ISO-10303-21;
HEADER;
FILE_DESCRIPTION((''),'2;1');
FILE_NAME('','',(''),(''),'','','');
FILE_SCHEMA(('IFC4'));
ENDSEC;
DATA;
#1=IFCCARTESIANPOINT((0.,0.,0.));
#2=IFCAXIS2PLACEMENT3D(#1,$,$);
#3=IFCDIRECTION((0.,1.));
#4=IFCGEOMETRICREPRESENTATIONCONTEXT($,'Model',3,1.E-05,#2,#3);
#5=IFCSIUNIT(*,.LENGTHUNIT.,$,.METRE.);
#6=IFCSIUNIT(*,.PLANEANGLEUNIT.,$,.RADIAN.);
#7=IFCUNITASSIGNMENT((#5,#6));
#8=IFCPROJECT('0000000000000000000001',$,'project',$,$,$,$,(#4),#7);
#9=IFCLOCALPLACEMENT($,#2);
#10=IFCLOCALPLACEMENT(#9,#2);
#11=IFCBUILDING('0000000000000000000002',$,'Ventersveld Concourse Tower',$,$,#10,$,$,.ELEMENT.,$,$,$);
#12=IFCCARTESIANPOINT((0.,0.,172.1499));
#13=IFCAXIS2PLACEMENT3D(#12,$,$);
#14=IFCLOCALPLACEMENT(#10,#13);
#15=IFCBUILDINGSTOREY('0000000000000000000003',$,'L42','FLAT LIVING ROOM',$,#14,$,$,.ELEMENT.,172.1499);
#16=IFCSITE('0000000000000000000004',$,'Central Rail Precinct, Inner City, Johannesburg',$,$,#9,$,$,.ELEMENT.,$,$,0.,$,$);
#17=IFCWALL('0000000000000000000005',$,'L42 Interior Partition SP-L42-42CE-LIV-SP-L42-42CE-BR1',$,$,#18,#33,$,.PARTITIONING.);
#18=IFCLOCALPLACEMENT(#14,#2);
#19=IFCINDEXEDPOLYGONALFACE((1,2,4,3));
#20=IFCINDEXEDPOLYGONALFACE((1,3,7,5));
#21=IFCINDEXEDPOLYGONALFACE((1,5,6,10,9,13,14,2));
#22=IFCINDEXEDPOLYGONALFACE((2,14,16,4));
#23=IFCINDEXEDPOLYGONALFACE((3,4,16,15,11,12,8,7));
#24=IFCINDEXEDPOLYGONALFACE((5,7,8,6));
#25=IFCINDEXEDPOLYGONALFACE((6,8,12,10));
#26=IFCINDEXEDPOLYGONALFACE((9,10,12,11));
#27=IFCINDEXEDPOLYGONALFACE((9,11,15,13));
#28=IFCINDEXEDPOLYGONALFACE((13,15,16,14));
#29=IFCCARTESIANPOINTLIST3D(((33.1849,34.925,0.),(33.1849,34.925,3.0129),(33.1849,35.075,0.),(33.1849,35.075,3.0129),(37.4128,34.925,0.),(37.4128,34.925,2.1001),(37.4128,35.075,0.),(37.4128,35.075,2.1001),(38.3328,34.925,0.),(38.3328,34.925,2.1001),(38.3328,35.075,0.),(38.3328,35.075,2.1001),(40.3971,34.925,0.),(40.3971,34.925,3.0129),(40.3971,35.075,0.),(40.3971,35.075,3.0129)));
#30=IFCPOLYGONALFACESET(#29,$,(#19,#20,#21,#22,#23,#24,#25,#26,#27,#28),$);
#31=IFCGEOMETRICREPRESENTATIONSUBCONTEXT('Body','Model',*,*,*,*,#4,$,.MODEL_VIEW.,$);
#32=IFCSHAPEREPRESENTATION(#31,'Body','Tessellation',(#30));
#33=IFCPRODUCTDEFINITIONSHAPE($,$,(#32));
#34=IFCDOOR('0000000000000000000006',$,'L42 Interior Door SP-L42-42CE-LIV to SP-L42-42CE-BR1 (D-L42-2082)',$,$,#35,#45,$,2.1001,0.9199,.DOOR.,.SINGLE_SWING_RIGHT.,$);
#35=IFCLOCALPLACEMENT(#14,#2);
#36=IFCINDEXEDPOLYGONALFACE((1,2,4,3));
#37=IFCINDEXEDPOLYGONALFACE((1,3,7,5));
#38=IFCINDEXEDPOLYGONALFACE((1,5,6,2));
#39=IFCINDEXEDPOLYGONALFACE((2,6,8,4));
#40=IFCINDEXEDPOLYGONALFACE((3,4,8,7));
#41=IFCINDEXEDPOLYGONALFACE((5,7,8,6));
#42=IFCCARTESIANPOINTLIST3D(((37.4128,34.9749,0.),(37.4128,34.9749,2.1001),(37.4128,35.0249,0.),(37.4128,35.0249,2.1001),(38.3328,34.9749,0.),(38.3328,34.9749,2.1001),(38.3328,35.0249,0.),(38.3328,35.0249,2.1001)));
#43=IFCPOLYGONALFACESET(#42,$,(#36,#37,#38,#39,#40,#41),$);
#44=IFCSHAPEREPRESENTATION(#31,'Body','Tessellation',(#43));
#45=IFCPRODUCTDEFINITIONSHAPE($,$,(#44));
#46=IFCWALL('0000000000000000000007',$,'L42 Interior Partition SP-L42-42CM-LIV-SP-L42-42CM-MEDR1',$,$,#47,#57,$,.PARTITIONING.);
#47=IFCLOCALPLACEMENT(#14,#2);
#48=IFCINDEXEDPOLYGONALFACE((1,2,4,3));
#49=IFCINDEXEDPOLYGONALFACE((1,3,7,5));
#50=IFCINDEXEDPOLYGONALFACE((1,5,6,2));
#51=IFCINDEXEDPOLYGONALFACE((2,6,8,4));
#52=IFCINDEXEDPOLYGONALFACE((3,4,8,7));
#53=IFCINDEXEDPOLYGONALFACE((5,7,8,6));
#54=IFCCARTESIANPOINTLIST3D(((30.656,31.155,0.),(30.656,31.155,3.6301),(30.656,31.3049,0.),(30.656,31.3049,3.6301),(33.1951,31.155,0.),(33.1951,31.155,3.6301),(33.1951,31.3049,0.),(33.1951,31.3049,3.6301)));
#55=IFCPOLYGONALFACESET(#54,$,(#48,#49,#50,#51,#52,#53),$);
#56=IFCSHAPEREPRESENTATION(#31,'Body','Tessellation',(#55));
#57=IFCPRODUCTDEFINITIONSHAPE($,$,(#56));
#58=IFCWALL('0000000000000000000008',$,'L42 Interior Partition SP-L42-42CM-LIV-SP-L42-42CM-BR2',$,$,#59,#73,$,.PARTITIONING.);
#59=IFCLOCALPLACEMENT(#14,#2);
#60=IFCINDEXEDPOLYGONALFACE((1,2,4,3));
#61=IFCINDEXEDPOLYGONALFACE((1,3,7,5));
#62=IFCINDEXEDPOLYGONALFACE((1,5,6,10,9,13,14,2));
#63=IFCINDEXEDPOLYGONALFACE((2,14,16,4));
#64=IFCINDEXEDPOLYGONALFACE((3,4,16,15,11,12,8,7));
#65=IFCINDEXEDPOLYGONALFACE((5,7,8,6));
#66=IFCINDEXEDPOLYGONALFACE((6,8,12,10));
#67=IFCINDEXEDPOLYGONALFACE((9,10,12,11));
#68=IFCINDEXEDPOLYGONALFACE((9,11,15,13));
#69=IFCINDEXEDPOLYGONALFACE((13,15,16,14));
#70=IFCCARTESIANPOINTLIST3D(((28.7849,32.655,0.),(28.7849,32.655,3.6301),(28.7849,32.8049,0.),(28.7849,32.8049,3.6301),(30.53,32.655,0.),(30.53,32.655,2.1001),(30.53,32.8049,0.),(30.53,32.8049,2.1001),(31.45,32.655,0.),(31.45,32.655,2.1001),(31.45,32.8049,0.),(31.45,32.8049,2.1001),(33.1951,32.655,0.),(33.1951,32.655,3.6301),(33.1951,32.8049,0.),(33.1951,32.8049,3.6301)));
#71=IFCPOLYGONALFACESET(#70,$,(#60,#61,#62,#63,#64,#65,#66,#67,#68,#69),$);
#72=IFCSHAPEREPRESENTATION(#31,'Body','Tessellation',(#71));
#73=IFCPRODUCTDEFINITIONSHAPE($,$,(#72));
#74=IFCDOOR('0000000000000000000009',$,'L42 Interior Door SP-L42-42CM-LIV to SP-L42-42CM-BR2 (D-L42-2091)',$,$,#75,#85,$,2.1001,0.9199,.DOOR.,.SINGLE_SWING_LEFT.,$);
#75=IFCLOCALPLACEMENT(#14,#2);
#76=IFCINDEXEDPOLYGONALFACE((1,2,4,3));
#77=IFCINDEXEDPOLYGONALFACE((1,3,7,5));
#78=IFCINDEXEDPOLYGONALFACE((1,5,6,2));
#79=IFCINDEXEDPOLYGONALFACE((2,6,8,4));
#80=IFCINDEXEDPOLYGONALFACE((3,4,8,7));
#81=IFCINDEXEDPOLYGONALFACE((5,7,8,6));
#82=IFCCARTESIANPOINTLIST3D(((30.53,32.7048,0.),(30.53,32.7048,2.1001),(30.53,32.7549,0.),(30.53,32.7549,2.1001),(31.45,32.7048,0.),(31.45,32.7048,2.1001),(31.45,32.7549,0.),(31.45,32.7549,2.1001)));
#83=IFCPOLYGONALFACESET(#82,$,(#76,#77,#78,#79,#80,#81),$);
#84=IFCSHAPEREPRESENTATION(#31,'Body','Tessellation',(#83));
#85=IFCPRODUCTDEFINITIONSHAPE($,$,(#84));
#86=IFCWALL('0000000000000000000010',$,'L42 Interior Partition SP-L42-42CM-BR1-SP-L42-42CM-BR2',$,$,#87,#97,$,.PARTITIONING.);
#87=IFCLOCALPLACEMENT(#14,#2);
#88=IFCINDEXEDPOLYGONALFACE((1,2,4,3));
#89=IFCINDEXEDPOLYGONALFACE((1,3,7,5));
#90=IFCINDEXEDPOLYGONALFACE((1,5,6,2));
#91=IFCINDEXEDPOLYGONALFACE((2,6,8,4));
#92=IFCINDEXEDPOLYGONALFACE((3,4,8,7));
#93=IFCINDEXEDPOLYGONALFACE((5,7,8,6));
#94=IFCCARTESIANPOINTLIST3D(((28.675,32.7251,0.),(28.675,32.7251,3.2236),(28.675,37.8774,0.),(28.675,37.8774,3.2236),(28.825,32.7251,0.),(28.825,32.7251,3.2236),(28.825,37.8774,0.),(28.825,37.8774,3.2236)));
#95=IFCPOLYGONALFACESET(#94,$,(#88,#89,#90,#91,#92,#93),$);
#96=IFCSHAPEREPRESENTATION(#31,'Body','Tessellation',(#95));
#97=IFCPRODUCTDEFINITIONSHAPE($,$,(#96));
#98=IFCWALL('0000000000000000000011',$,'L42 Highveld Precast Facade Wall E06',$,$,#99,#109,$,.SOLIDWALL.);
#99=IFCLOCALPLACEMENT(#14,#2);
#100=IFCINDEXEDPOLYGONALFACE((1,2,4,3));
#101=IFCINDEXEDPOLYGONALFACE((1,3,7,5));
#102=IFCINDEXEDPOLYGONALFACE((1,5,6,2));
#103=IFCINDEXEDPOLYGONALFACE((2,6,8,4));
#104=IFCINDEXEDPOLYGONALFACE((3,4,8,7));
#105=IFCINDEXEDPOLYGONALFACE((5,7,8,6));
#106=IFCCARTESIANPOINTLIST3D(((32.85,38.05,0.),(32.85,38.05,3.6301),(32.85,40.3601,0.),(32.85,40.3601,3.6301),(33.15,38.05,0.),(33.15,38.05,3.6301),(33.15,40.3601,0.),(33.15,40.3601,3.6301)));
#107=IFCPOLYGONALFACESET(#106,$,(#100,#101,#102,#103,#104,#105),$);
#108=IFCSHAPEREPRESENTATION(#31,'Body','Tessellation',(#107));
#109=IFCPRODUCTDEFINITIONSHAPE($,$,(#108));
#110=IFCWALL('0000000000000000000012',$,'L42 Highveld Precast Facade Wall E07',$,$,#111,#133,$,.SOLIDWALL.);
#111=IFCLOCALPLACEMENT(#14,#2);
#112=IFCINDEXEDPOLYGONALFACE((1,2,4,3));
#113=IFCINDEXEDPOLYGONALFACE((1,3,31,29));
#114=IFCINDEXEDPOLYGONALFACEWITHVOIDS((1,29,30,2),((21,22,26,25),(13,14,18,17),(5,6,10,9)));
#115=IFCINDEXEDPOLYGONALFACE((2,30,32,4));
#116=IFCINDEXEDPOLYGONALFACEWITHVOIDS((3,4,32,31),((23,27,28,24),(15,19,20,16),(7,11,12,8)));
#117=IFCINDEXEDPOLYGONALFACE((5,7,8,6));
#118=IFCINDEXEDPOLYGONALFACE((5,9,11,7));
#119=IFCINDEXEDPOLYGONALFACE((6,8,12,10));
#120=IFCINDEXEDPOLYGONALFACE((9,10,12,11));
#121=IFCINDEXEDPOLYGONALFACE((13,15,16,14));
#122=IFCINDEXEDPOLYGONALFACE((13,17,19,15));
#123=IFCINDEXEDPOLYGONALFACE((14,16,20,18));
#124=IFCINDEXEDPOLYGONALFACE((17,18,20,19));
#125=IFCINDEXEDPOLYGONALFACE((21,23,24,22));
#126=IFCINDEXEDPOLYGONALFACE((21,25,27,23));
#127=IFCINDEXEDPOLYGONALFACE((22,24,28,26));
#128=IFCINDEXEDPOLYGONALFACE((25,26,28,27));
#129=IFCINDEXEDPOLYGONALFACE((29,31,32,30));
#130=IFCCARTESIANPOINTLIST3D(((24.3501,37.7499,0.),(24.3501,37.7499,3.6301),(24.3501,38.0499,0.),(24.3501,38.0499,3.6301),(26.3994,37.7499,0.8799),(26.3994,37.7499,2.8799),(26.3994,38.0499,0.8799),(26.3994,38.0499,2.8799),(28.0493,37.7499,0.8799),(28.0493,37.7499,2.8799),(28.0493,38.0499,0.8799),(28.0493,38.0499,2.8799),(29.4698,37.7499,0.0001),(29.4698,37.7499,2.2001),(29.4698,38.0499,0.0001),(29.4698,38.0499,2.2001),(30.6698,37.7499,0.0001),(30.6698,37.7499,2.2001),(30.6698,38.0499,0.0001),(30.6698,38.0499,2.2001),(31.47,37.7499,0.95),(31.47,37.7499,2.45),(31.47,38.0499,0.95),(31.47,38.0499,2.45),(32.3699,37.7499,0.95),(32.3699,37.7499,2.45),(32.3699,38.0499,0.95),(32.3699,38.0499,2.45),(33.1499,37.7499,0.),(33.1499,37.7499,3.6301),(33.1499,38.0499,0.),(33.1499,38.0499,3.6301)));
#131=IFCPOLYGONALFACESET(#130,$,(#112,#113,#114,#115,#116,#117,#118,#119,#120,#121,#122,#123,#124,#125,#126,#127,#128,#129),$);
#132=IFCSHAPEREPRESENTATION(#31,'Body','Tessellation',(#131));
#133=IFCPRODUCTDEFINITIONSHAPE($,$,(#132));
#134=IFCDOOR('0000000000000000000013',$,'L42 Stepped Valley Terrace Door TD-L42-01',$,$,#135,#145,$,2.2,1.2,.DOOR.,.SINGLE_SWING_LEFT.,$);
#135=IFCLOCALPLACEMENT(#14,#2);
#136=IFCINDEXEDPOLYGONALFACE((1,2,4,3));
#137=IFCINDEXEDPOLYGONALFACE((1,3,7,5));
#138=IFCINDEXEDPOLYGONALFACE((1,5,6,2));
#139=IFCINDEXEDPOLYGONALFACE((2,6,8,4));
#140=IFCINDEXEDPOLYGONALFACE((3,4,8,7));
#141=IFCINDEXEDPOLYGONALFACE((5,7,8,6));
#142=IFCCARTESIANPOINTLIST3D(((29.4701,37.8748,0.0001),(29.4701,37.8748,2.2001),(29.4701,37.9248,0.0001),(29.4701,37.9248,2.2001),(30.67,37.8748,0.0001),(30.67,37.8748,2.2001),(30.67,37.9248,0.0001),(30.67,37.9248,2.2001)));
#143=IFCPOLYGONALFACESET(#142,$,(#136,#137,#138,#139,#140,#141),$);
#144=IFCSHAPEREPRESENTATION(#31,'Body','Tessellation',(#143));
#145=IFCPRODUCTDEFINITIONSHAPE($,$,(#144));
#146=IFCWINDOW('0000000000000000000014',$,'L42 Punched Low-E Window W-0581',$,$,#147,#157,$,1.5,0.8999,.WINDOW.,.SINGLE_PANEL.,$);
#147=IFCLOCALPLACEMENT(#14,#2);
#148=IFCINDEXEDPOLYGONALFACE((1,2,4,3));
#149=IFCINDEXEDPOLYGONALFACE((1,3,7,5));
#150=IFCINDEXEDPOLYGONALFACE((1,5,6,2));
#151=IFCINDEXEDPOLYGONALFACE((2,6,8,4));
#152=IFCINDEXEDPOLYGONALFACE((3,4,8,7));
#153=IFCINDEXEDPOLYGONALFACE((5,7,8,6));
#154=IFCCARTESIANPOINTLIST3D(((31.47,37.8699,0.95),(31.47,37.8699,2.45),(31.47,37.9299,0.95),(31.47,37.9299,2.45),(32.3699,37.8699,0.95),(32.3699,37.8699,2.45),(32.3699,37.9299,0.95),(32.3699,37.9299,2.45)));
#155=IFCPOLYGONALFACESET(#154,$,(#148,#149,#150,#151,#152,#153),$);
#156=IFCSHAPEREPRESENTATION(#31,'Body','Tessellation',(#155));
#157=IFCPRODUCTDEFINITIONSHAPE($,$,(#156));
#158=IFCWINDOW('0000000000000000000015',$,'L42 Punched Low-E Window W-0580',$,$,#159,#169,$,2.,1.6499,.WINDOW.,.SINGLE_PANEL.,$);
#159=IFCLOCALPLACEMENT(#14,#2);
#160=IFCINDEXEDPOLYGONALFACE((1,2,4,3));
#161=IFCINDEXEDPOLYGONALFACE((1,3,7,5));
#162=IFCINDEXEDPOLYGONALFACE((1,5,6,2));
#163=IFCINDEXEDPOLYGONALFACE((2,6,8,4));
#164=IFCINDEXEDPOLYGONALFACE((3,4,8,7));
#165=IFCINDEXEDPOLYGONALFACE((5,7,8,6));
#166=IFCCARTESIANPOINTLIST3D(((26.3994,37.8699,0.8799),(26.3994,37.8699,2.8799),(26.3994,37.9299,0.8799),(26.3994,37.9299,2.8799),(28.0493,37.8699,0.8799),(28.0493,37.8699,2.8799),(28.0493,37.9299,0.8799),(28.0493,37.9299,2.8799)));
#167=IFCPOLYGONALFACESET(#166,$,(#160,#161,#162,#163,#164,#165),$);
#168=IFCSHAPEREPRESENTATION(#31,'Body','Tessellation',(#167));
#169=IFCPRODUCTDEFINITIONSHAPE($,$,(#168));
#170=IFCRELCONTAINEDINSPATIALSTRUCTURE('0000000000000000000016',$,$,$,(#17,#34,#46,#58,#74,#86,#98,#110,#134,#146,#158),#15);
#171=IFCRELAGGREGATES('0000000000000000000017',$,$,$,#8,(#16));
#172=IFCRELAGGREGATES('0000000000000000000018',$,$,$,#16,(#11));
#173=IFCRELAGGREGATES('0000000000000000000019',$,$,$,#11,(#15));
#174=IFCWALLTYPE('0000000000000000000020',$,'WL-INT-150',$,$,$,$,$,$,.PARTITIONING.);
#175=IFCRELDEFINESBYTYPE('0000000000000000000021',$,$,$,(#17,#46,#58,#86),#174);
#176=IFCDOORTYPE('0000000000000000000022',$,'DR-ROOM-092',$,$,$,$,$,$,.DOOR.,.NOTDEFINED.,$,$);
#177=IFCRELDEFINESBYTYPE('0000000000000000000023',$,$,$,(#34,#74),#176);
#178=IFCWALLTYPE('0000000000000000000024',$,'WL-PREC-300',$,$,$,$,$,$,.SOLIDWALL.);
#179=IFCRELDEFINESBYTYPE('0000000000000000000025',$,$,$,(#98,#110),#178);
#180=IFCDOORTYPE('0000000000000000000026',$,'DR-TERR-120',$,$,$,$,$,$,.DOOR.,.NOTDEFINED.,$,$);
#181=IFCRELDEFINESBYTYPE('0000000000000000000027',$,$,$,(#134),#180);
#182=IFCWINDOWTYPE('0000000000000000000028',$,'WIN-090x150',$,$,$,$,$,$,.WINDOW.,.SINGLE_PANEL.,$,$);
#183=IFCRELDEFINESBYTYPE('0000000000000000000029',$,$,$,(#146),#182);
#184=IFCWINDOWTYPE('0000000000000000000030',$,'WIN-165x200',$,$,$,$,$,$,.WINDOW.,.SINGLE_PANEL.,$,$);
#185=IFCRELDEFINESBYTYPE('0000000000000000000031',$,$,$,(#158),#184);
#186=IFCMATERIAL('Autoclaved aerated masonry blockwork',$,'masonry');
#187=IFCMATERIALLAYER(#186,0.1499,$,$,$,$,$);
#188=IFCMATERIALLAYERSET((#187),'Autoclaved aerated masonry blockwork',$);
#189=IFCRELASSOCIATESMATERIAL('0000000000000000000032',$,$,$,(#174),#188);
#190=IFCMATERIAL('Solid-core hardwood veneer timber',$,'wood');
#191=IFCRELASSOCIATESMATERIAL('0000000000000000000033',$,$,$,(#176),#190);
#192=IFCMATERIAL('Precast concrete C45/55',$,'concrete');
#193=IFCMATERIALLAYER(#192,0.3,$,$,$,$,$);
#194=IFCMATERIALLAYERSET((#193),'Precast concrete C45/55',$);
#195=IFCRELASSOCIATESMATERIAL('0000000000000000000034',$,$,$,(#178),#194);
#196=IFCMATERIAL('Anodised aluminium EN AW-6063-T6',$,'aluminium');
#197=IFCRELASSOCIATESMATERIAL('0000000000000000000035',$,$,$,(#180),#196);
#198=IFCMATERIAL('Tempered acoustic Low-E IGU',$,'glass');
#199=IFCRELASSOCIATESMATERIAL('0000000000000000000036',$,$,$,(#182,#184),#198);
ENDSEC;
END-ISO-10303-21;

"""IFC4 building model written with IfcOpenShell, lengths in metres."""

from ifc_helpers import new_model, si_unit, direction, frame, frame_2d, origin, place, context, subcontext, project, spatial, rectangle, extrude, material, layer, layer_set, type_object, element, fill, save


model = new_model("IFC4")

# Units and contexts
model_context = context("Model", 3, precision=1e-05, world=origin(), true_north=direction((0.0, 1.0)))
body_context = subcontext(model_context, "Body", "Model", "MODEL_VIEW")
ifc_project = project(units=[si_unit("LENGTHUNIT", "METRE"), si_unit("PLANEANGLEUNIT", "RADIAN")], contexts=[model_context])

# Site, building, storey
site_placement = place(None, origin())
site = spatial("IfcSite", under=ifc_project, at=site_placement, Name="Central Rail Precinct, Inner City, Johannesburg", CompositionType="ELEMENT", RefElevation=0.0)
building_placement = place(site_placement, origin())
building = spatial("IfcBuilding", under=site, at=building_placement, Name="Ventersveld Concourse Tower", CompositionType="ELEMENT")
storey_placement = place(building_placement, frame((0.0, 0.0, 172.1499)))
storey = spatial("IfcBuildingStorey", under=building, at=storey_placement, Name="L42", Description="FLAT LIVING ROOM", CompositionType="ELEMENT", Elevation=172.1499)

# Wall, opening, door
ifc_material_1 = material(Name="Autoclaved aerated masonry blockwork", Category="masonry")
ifc_layer_1 = layer(ifc_material_1, 0.1499)
ifc_layer_set_1 = layer_set([ifc_layer_1], Name="Autoclaved aerated masonry blockwork")
wall_type_1 = type_object("IfcWallType", Name="WL-INT-150", PredefinedType="PARTITIONING", material=ifc_layer_set_1)
wall_1_placement = place(storey_placement, frame((33.1851, 35.0, 0.0), z_axis=(0.0, 0.0, 1.0), x_axis=(1.0, 0.0, 0.0)))
wall_1 = element("IfcWall", 1, at=wall_1_placement, inside=storey, type_object=wall_type_1, Name="L42 Interior Partition SP-L42-42CE-LIV-SP-L42-42CE-BR1", PredefinedType="PARTITIONING", context=body_context, shape_type="SweptSolid", body=[
    extrude(rectangle(XDim=7.2122, YDim=0.1499, at=frame_2d((3.606, 0.0))), origin(), (0.0, 0.0, 1.0), 3.0129),
])
opening_1_placement = place(wall_1_placement, frame((4.2278, 0.0, 0.0)))
opening_1 = element("IfcOpeningElement", 2, at=opening_1_placement, cuts=wall_1, PredefinedType="OPENING", context=body_context, shape_type="SweptSolid", body=[
    extrude(rectangle(XDim=0.9199, YDim=2.1001, at=frame_2d((0.46, 1.05))), frame((0.0, 0.085, 0.0), z_axis=(0.0, -1.0, 0.0), x_axis=(1.0, 0.0, 0.0)), (0.0, 0.0, 1.0), 0.1699),
])
ifc_material_2 = material(Name="Solid-core hardwood veneer timber", Category="wood")
door_type_1 = type_object("IfcDoorType", Name="DR-ROOM-092", OperationType="NOTDEFINED", PredefinedType="DOOR", material=ifc_material_2)
door_1_placement = place(opening_1_placement, origin())
door_1 = element("IfcDoor", 3, at=door_1_placement, inside=storey, type_object=door_type_1, Name="L42 Interior Door SP-L42-42CE-LIV to SP-L42-42CE-BR1 (D-L42-2082)", OperationType="SINGLE_SWING_RIGHT", OverallHeight=2.1001, OverallWidth=0.9199, PredefinedType="DOOR", context=body_context, shape_type="SweptSolid", body=[
    extrude(rectangle(XDim=0.9199, YDim=2.1001, at=frame_2d((0.46, 1.05))), frame((0.0, 0.0249, 0.0), z_axis=(0.0, -1.0, 0.0), x_axis=(1.0, 0.0, 0.0)), (0.0, 0.0, 1.0), 0.05),
])
fill(opening_1, door_1)

# Wall
wall_2_placement = place(storey_placement, frame((30.656, 31.23, 0.0), z_axis=(0.0, 0.0, 1.0), x_axis=(1.0, 0.0, 0.0)))
element("IfcWall", 4, at=wall_2_placement, inside=storey, type_object=wall_type_1, Name="L42 Interior Partition SP-L42-42CM-LIV-SP-L42-42CM-MEDR1", PredefinedType="PARTITIONING", context=body_context, shape_type="SweptSolid", body=[
    extrude(rectangle(XDim=2.5391, YDim=0.1499, at=frame_2d((1.2695, 0.0))), origin(), (0.0, 0.0, 1.0), 3.6301),
])

# Wall, opening, door
wall_3_placement = place(storey_placement, frame((28.7849, 32.73, 0.0), z_axis=(0.0, 0.0, 1.0), x_axis=(1.0, 0.0, 0.0)))
wall_3 = element("IfcWall", 5, at=wall_3_placement, inside=storey, type_object=wall_type_1, Name="L42 Interior Partition SP-L42-42CM-LIV-SP-L42-42CM-BR2", PredefinedType="PARTITIONING", context=body_context, shape_type="SweptSolid", body=[
    extrude(rectangle(XDim=4.4102, YDim=0.1499, at=frame_2d((2.2051, 0.0))), origin(), (0.0, 0.0, 1.0), 3.6301),
])
opening_2_placement = place(wall_3_placement, frame((1.7451, 0.0, 0.0)))
opening_2 = element("IfcOpeningElement", 6, at=opening_2_placement, cuts=wall_3, PredefinedType="OPENING", context=body_context, shape_type="SweptSolid", body=[
    extrude(rectangle(XDim=0.9199, YDim=2.1001, at=frame_2d((0.46, 1.05))), frame((0.0, 0.085, 0.0), z_axis=(0.0, -1.0, 0.0), x_axis=(1.0, 0.0, 0.0)), (0.0, 0.0, 1.0), 0.1699),
])
door_2_placement = place(opening_2_placement, origin())
door_2 = element("IfcDoor", 7, at=door_2_placement, inside=storey, type_object=door_type_1, Name="L42 Interior Door SP-L42-42CM-LIV to SP-L42-42CM-BR2 (D-L42-2091)", OperationType="SINGLE_SWING_LEFT", OverallHeight=2.1001, OverallWidth=0.9199, PredefinedType="DOOR", context=body_context, shape_type="SweptSolid", body=[
    extrude(rectangle(XDim=0.9199, YDim=2.1001, at=frame_2d((0.46, 1.05))), frame((0.0, 0.0249, 0.0), z_axis=(0.0, -1.0, 0.0), x_axis=(1.0, 0.0, 0.0)), (0.0, 0.0, 1.0), 0.05),
])
fill(opening_2, door_2)

# Walls
wall_4_placement = place(storey_placement, frame((28.75, 32.7251, 0.0), z_axis=(0.0, 0.0, 1.0), x_axis=(0.0, 1.0, 0.0)))
element("IfcWall", 8, at=wall_4_placement, inside=storey, type_object=wall_type_1, Name="L42 Interior Partition SP-L42-42CM-BR1-SP-L42-42CM-BR2", PredefinedType="PARTITIONING", context=body_context, shape_type="SweptSolid", body=[
    extrude(rectangle(XDim=5.1523, YDim=0.1499, at=frame_2d((2.5762, 0.0))), origin(), (0.0, 0.0, 1.0), 3.2236),
])
ifc_material_3 = material(Name="Precast concrete C45/55", Category="concrete")
ifc_layer_2 = layer(ifc_material_3, 0.3)
ifc_layer_set_2 = layer_set([ifc_layer_2], Name="Precast concrete C45/55")
wall_type_2 = type_object("IfcWallType", Name="WL-PREC-300", PredefinedType="SOLIDWALL", material=ifc_layer_set_2)
wall_5_placement = place(storey_placement, frame((33.0, 40.3601, 0.0), z_axis=(0.0, 0.0, 1.0), x_axis=(0.0, -1.0, 0.0)))
element("IfcWall", 9, at=wall_5_placement, inside=storey, type_object=wall_type_2, Name="L42 Highveld Precast Facade Wall E06", PredefinedType="SOLIDWALL", context=body_context, shape_type="SweptSolid", body=[
    extrude(rectangle(XDim=2.3101, YDim=0.3, at=frame_2d((1.155, 0.0))), origin(), (0.0, 0.0, 1.0), 3.6301),
])

# Wall, openings, door, windows
wall_6_placement = place(storey_placement, frame((33.1499, 37.8999, 0.0), z_axis=(0.0, 0.0, 1.0), x_axis=(-1.0, 0.0, 0.0)))
wall_6 = element("IfcWall", 10, at=wall_6_placement, inside=storey, type_object=wall_type_2, Name="L42 Highveld Precast Facade Wall E07", PredefinedType="SOLIDWALL", context=body_context, shape_type="SweptSolid", body=[
    extrude(rectangle(XDim=8.7998, YDim=0.3, at=frame_2d((4.3999, 0.0))), origin(), (0.0, 0.0, 1.0), 3.6301),
])
opening_3_placement = place(wall_6_placement, frame((2.48, 0.0, 0.0)))
opening_3 = element("IfcOpeningElement", 11, at=opening_3_placement, cuts=wall_6, PredefinedType="OPENING", context=body_context, shape_type="SweptSolid", body=[
    extrude(rectangle(XDim=1.2, YDim=2.2, at=frame_2d((0.6001, 1.1001))), frame((0.0, 0.1602, 0.0), z_axis=(0.0, -1.0, 0.0), x_axis=(1.0, 0.0, 0.0)), (0.0, 0.0, 1.0), 0.3201),
])
opening_4_placement = place(wall_6_placement, frame((5.1006, 0.0, 0.8799)))
opening_4 = element("IfcOpeningElement", 12, at=opening_4_placement, cuts=wall_6, PredefinedType="OPENING", context=body_context, shape_type="SweptSolid", body=[
    extrude(rectangle(XDim=1.6499, YDim=2.0, at=frame_2d((0.825, 1.0))), frame((0.0, 0.1602, 0.0), z_axis=(0.0, -1.0, 0.0), x_axis=(1.0, 0.0, 0.0)), (0.0, 0.0, 1.0), 0.3201),
])
opening_5_placement = place(wall_6_placement, frame((0.78, 0.0, 0.95)))
opening_5 = element("IfcOpeningElement", 13, at=opening_5_placement, cuts=wall_6, PredefinedType="OPENING", context=body_context, shape_type="SweptSolid", body=[
    extrude(rectangle(XDim=0.8999, YDim=1.5, at=frame_2d((0.45, 0.75))), frame((0.0, 0.1602, 0.0), z_axis=(0.0, -1.0, 0.0), x_axis=(1.0, 0.0, 0.0)), (0.0, 0.0, 1.0), 0.3201),
])
ifc_material_4 = material(Name="Anodised aluminium EN AW-6063-T6", Category="aluminium")
door_type_2 = type_object("IfcDoorType", Name="DR-TERR-120", OperationType="NOTDEFINED", PredefinedType="DOOR", material=ifc_material_4)
door_3_placement = place(opening_3_placement, frame((1.2, 0.0, 0.0), z_axis=(0.0, 0.0, 1.0), x_axis=(-1.0, 0.0, 0.0)))
door_3 = element("IfcDoor", 14, at=door_3_placement, inside=storey, type_object=door_type_2, Name="L42 Stepped Valley Terrace Door TD-L42-01", OperationType="SINGLE_SWING_LEFT", OverallHeight=2.2, OverallWidth=1.2, PredefinedType="DOOR", context=body_context, shape_type="SweptSolid", body=[
    extrude(rectangle(XDim=1.2, YDim=2.2, at=frame_2d((0.6001, 1.1001))), frame((0.0, 0.0249, 0.0), z_axis=(0.0, -1.0, 0.0), x_axis=(1.0, 0.0, 0.0)), (0.0, 0.0, 1.0), 0.05),
])
fill(opening_3, door_3)
ifc_material_5 = material(Name="Tempered acoustic Low-E IGU", Category="glass")
window_type_1 = type_object("IfcWindowType", Name="WIN-090x150", PartitioningType="SINGLE_PANEL", PredefinedType="WINDOW", material=ifc_material_5)
window_1_placement = place(opening_5_placement, origin())
window_1 = element("IfcWindow", 15, at=window_1_placement, inside=storey, type_object=window_type_1, Name="L42 Punched Low-E Window W-0581", OverallHeight=1.5, OverallWidth=0.8999, PartitioningType="SINGLE_PANEL", PredefinedType="WINDOW", context=body_context, shape_type="SweptSolid", body=[
    extrude(rectangle(XDim=0.8999, YDim=1.5, at=frame_2d((0.45, 0.75))), frame((0.0, 0.03, 0.0), z_axis=(0.0, -1.0, 0.0), x_axis=(1.0, 0.0, 0.0)), (0.0, 0.0, 1.0), 0.0601),
])
fill(opening_5, window_1)
window_type_2 = type_object("IfcWindowType", Name="WIN-165x200", PartitioningType="SINGLE_PANEL", PredefinedType="WINDOW", material=ifc_material_5)
window_2_placement = place(opening_4_placement, origin())
window_2 = element("IfcWindow", 16, at=window_2_placement, inside=storey, type_object=window_type_2, Name="L42 Punched Low-E Window W-0580", OverallHeight=2.0, OverallWidth=1.6499, PartitioningType="SINGLE_PANEL", PredefinedType="WINDOW", context=body_context, shape_type="SweptSolid", body=[
    extrude(rectangle(XDim=1.6499, YDim=2.0, at=frame_2d((0.825, 1.0))), frame((0.0, 0.03, 0.0), z_axis=(0.0, -1.0, 0.0), x_axis=(1.0, 0.0, 0.0)), (0.0, 0.0, 1.0), 0.0601),
])
fill(opening_4, window_2)

save(model, "model.ifc")
